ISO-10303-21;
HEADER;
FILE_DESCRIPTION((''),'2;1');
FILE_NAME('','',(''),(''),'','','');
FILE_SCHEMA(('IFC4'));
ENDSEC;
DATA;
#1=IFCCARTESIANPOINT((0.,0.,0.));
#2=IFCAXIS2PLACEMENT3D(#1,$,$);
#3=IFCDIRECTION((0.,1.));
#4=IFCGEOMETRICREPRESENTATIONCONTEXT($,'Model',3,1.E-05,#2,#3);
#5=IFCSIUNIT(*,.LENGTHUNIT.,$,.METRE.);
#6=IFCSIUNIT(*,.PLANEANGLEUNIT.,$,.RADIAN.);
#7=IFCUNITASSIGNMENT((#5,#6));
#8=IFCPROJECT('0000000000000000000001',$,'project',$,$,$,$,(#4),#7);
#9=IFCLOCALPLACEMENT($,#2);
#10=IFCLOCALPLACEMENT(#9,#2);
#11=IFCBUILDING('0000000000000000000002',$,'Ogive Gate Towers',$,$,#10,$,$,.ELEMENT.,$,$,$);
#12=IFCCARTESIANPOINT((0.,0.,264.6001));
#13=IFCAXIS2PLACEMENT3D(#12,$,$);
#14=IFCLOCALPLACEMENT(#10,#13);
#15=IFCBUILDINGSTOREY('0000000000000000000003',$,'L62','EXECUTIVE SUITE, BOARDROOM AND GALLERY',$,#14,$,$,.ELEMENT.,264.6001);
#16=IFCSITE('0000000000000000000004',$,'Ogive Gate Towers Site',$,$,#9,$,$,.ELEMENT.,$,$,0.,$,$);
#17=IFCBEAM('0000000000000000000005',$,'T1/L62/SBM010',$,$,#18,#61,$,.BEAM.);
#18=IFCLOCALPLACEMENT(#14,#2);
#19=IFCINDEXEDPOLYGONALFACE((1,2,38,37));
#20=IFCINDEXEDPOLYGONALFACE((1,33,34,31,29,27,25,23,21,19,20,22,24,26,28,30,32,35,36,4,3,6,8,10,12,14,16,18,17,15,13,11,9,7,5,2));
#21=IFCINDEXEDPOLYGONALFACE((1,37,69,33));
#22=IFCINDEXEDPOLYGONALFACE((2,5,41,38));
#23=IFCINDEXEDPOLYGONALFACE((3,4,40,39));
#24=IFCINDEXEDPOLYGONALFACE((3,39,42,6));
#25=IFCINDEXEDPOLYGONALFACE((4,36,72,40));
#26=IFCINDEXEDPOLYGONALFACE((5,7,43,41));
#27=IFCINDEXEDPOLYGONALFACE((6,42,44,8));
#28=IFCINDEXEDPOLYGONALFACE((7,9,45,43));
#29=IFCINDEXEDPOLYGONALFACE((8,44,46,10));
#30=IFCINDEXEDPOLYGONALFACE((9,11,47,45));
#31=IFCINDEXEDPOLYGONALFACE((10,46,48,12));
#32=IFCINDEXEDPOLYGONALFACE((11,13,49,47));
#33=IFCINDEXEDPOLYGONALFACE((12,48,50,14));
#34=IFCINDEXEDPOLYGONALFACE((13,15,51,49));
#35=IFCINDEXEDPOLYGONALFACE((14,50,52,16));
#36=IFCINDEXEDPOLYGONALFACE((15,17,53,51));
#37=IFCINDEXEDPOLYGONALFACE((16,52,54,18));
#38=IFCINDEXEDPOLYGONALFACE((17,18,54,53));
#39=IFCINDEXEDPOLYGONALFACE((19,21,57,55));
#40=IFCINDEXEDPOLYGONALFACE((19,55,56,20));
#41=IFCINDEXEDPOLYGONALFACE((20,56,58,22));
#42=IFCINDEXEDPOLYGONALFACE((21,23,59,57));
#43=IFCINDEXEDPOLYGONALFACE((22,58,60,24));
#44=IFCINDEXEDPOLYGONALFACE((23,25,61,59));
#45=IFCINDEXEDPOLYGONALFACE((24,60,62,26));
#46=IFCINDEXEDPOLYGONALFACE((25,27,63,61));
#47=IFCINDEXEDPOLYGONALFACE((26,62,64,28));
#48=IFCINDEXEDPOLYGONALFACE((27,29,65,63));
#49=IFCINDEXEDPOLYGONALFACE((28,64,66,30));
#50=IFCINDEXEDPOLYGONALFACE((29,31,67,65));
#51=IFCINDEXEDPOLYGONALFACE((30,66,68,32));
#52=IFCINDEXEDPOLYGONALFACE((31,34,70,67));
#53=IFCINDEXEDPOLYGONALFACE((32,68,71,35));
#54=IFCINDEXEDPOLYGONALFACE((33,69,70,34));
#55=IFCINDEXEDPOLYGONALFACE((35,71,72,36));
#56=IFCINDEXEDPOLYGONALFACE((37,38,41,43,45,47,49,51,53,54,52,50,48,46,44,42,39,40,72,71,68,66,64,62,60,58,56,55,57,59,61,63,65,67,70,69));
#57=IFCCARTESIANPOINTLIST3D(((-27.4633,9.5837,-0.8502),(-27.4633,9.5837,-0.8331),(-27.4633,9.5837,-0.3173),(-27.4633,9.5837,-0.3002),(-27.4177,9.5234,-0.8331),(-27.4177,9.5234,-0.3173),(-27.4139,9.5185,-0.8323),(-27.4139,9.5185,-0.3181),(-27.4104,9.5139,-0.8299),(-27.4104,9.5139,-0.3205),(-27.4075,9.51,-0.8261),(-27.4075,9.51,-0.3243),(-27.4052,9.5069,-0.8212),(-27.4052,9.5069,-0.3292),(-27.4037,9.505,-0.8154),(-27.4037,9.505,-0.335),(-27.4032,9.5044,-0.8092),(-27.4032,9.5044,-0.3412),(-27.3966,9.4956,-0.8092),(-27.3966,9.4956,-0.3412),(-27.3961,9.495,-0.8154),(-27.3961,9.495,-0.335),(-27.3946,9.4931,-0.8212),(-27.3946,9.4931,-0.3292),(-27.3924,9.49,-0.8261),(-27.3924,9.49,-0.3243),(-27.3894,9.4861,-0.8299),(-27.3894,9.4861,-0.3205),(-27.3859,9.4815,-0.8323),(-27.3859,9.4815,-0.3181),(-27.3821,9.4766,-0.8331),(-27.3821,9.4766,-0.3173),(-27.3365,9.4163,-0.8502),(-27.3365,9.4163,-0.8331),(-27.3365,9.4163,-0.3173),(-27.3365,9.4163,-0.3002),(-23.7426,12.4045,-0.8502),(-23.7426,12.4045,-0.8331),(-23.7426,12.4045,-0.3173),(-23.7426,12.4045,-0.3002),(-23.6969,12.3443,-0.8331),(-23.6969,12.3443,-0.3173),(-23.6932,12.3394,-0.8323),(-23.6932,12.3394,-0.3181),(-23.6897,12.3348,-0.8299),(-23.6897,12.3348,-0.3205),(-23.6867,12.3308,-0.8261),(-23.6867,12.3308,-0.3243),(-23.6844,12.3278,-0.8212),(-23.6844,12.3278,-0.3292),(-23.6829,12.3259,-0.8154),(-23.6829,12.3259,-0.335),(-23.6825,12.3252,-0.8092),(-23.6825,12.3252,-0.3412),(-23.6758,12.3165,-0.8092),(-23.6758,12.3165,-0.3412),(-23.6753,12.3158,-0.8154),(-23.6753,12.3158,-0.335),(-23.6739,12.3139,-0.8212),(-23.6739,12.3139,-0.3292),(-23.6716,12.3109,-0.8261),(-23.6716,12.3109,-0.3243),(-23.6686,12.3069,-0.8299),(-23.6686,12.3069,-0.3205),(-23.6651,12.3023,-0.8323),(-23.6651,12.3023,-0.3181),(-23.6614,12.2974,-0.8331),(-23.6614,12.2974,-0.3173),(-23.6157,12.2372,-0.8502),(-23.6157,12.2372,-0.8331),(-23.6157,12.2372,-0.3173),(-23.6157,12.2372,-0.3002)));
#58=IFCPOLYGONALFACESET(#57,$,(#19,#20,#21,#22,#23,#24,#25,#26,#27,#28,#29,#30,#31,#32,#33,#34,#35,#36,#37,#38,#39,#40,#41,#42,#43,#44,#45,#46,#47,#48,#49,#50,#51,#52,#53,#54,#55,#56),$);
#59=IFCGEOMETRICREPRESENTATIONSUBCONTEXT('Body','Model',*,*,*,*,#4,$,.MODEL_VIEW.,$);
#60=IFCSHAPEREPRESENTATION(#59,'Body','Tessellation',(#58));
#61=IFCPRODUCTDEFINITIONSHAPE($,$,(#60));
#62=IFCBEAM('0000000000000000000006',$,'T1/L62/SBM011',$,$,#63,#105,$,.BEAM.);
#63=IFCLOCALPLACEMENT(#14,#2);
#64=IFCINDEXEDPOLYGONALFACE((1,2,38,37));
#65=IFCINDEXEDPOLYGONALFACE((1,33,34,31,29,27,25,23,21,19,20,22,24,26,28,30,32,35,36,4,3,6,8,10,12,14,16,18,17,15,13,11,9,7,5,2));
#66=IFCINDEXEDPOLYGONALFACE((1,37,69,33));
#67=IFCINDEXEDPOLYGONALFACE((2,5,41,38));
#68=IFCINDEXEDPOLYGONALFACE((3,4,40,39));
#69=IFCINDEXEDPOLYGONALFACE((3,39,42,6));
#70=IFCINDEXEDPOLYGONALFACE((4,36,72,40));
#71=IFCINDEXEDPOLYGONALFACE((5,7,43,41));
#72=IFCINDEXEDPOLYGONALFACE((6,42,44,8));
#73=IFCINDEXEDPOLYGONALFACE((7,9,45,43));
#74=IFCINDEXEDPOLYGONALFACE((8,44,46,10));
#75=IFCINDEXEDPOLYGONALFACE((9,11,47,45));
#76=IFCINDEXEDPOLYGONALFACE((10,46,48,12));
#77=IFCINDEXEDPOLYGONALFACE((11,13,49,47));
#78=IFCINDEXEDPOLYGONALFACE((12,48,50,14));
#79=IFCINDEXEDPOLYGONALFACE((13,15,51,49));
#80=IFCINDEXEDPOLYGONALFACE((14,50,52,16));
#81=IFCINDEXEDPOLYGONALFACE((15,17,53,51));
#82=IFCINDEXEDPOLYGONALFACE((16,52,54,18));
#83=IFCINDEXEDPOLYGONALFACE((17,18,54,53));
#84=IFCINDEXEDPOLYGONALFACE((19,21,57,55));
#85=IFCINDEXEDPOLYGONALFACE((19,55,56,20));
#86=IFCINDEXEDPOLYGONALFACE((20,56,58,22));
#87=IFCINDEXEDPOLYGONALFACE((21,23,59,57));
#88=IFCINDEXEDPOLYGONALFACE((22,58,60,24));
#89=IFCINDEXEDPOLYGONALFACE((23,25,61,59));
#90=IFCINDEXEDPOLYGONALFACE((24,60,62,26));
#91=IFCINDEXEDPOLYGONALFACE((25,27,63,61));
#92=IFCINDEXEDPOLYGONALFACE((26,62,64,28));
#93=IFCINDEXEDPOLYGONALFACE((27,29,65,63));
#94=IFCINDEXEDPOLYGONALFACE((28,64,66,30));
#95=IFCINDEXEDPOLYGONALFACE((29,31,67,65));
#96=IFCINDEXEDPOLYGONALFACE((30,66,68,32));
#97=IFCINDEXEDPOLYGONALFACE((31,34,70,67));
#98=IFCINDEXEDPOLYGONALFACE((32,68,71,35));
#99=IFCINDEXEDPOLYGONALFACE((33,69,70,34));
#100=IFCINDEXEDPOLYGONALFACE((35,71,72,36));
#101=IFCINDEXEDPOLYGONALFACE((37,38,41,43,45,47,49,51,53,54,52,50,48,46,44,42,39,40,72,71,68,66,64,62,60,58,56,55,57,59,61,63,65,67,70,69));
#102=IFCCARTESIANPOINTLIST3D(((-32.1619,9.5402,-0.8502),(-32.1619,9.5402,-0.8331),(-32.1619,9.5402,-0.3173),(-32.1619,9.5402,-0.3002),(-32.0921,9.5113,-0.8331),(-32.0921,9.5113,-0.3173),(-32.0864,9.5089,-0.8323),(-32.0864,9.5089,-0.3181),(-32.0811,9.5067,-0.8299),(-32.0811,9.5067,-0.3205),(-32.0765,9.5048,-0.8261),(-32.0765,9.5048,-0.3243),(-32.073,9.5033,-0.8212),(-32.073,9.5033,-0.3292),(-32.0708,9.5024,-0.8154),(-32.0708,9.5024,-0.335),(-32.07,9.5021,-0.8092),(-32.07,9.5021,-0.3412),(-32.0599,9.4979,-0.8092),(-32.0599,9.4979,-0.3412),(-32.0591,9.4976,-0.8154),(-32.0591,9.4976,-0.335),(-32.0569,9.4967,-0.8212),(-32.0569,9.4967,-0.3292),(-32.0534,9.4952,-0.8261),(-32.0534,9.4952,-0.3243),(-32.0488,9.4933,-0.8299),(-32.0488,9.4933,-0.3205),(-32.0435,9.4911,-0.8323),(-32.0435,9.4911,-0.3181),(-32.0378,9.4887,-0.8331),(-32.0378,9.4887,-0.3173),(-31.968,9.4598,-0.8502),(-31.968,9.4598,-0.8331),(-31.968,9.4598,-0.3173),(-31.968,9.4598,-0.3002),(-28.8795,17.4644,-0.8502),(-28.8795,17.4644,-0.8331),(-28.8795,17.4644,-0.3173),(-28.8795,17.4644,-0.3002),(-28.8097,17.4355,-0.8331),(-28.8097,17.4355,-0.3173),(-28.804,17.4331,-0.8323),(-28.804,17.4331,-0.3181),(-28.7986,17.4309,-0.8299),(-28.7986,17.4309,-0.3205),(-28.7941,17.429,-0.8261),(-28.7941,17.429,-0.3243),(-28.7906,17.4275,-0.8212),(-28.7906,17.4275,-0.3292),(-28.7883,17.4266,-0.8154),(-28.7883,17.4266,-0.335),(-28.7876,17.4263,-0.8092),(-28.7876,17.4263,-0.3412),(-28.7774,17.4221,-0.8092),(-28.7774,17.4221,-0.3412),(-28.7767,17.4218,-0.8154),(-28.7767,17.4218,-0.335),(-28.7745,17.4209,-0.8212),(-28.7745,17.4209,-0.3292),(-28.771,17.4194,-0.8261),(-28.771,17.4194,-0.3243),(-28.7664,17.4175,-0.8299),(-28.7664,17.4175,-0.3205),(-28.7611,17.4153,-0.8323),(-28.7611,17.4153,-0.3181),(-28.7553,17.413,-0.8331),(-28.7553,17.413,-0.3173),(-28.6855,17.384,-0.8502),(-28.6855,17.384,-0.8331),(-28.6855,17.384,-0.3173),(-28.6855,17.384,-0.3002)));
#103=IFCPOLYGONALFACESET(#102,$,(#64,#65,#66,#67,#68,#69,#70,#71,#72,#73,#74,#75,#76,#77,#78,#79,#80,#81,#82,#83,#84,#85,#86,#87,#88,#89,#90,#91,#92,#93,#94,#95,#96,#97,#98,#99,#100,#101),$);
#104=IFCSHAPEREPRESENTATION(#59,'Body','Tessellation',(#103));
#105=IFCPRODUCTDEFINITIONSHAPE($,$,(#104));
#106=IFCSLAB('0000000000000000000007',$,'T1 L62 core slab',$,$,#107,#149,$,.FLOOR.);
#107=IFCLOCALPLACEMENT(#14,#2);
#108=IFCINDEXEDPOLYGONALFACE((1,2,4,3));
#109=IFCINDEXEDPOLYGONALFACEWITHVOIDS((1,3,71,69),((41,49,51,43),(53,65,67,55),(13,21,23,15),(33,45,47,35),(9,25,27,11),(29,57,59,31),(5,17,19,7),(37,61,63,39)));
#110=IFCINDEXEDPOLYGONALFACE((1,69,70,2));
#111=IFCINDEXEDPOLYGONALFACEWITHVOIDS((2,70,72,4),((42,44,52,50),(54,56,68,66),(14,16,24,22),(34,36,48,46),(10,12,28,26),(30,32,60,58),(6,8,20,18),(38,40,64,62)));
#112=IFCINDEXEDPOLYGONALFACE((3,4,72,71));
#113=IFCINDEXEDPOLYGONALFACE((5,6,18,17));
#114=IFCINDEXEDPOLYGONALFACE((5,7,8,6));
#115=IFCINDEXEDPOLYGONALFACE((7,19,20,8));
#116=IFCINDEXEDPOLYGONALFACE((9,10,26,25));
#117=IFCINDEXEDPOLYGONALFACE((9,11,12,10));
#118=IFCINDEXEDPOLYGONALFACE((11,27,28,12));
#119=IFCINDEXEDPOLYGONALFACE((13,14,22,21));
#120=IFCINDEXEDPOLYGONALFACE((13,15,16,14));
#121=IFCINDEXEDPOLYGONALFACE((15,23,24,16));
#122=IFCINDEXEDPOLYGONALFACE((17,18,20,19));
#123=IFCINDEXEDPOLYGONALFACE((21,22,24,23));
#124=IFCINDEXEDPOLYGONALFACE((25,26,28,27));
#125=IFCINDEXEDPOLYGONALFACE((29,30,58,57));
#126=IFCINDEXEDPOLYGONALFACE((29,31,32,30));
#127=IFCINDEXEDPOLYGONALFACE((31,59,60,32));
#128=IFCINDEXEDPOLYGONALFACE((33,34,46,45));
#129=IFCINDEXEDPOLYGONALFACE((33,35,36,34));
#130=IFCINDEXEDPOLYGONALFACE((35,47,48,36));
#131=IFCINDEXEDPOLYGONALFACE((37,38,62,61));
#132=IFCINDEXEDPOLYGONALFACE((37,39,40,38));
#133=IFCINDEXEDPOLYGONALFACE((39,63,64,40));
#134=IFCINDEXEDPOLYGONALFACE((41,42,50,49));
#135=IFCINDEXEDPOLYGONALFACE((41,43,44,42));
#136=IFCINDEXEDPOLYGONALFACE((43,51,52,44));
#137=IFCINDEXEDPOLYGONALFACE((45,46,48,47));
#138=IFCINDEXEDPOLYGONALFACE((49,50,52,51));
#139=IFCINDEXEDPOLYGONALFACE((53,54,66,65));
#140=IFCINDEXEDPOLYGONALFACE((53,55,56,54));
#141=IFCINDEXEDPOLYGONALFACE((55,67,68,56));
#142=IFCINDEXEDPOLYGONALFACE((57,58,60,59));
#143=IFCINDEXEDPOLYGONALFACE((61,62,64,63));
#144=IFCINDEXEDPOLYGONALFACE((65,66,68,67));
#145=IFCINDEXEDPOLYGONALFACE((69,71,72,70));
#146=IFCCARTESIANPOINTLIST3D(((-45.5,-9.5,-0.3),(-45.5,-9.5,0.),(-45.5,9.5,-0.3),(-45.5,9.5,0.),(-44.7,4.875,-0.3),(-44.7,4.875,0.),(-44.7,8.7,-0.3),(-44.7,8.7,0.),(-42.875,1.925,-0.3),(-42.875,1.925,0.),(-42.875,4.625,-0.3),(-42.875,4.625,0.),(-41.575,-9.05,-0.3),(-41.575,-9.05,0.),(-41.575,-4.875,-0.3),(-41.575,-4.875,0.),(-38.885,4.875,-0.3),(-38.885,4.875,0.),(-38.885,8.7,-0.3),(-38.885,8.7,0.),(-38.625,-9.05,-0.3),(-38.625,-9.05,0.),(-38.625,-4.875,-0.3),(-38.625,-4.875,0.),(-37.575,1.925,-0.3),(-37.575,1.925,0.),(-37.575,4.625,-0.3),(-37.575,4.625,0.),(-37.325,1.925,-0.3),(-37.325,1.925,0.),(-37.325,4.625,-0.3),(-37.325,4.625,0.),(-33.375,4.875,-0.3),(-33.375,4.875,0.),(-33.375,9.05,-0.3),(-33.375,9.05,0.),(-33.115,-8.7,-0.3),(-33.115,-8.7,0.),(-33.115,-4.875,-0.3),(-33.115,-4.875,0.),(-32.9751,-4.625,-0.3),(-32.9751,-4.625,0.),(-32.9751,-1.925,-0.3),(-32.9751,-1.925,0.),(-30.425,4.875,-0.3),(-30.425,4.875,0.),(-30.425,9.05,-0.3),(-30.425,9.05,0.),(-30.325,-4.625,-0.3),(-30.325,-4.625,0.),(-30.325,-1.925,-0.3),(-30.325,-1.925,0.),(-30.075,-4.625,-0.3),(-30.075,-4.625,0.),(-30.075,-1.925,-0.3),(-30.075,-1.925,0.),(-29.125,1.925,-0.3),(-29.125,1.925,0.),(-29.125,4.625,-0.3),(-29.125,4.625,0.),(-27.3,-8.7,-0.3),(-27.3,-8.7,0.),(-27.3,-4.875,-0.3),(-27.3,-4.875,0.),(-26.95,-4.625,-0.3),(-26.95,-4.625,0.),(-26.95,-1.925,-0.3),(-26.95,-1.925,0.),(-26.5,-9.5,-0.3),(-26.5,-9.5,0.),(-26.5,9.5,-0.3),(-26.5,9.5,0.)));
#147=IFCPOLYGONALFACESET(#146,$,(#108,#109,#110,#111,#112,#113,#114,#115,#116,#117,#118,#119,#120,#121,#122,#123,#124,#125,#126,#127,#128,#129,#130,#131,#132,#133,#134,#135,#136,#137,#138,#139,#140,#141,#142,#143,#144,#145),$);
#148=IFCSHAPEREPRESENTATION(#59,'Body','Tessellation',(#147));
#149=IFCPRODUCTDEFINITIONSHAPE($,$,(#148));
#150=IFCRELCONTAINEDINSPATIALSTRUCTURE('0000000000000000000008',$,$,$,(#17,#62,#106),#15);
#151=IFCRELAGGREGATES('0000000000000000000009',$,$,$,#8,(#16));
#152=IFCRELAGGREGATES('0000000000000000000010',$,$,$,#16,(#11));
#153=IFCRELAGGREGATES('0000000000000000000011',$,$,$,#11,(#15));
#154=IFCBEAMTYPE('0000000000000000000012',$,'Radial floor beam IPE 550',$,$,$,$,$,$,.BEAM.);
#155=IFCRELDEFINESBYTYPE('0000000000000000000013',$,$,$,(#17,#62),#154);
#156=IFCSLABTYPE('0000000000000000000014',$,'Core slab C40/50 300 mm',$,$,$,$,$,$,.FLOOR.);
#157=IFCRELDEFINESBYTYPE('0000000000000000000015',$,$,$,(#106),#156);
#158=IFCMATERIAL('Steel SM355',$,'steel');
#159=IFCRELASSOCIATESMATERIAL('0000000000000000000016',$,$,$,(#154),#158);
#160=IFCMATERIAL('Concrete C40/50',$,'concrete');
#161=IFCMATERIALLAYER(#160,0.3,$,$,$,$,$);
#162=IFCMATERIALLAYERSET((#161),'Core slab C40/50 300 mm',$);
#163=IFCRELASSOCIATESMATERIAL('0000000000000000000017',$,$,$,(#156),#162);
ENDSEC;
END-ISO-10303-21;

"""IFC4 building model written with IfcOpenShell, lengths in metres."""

from ifc_helpers import new_model, si_unit, direction, frame, origin, origin_2d, place, context, subcontext, project, spatial, polyline, i_section, outline, extrude, material, layer, layer_set, material_profile, profile_set, type_object, element, save


model = new_model("IFC4")

# Units and contexts
model_context = context("Model", 3, precision=1e-05, world=origin(), true_north=direction((0.0, 1.0)))
body_context = subcontext(model_context, "Body", "Model", "MODEL_VIEW")
ifc_project = project(units=[si_unit("LENGTHUNIT", "METRE"), si_unit("PLANEANGLEUNIT", "RADIAN")], contexts=[model_context])

# Site, building, storey
site_placement = place(None, origin())
site = spatial("IfcSite", under=ifc_project, at=site_placement, Name="Ogive Gate Towers Site", CompositionType="ELEMENT", RefElevation=0.0)
building_placement = place(site_placement, origin())
building = spatial("IfcBuilding", under=site, at=building_placement, Name="Ogive Gate Towers", CompositionType="ELEMENT")
storey_placement = place(building_placement, frame((0.0, 0.0, 264.6001)))
storey = spatial("IfcBuildingStorey", under=building, at=storey_placement, Name="L62", Description="EXECUTIVE SUITE, BOARDROOM AND GALLERY", CompositionType="ELEMENT", Elevation=264.6001)

# Beams
ifc_material_1 = material(Name="Steel SM355", Category="steel")
ifc_material_profile_1 = material_profile(ifc_material_1, i_section(OverallWidth=0.21, OverallDepth=0.55, WebThickness=0.011, FlangeThickness=0.0171, FilletRadius=0.0239, at=origin_2d()), Name="IPE 550")
ifc_profile_set_1 = profile_set([ifc_material_profile_1], Name="Steel SM355")
beam_type_1 = type_object("IfcBeamType", Name="Radial floor beam IPE 550", PredefinedType="BEAM", material=ifc_profile_set_1)
beam_1_placement = place(storey_placement, frame((-27.3999, 9.5, -0.5752), z_axis=(0.796877, 0.604142, 0.0), x_axis=(-0.604142, 0.796877, 0.0)))
element("IfcBeam", 1, at=beam_1_placement, inside=storey, type_object=beam_type_1, Name="T1/L62/SBM010", PredefinedType="BEAM", context=body_context, shape_type="SweptSolid", body=[
    extrude(i_section(OverallWidth=0.21, OverallDepth=0.55, WebThickness=0.011, FlangeThickness=0.0171, FilletRadius=0.0239, at=origin_2d()), origin(), (0.0, 0.0, 1.0), 4.6692),
])
beam_2_placement = place(storey_placement, frame((-32.0649, 9.5, -0.5752), z_axis=(0.382695, 0.923875, 0.0), x_axis=(-0.923875, 0.382695, 0.0)))
element("IfcBeam", 2, at=beam_2_placement, inside=storey, type_object=beam_type_1, Name="T1/L62/SBM011", PredefinedType="BEAM", context=body_context, shape_type="SweptSolid", body=[
    extrude(i_section(OverallWidth=0.21, OverallDepth=0.55, WebThickness=0.011, FlangeThickness=0.0171, FilletRadius=0.0239, at=origin_2d()), origin(), (0.0, 0.0, 1.0), 8.5771),
])

# Slab
ifc_material_2 = material(Name="Concrete C40/50", Category="concrete")
ifc_layer_1 = layer(ifc_material_2, 0.3)
ifc_layer_set_1 = layer_set([ifc_layer_1], Name="Core slab C40/50 300 mm")
slab_type_1 = type_object("IfcSlabType", Name="Core slab C40/50 300 mm", PredefinedType="FLOOR", material=ifc_layer_set_1)
slab_1_placement = place(storey_placement, frame((0.0, 0.0, -0.3)))
element("IfcSlab", 3, at=slab_1_placement, inside=storey, type_object=slab_type_1, Name="T1 L62 core slab", PredefinedType="FLOOR", context=body_context, shape_type="SweptSolid", body=[
    extrude(outline(polyline([(-45.5, -9.5), (-45.5, 9.5), (-26.5, 9.5), (-26.5, -9.5), (-45.5, -9.5)]), holes=[polyline([(-42.875, 1.925), (-37.575, 1.925), (-37.575, 4.625), (-42.875, 4.625), (-42.875, 1.925)]), polyline([(-37.325, 4.625), (-37.325, 1.925), (-29.125, 1.925), (-29.125, 4.625), (-37.325, 4.625)]), polyline([(-30.325, -1.925), (-32.9751, -1.925), (-32.9751, -4.625), (-30.325, -4.625), (-30.325, -1.925)]), polyline([(-26.95, -4.625), (-26.95, -1.925), (-30.075, -1.925), (-30.075, -4.625), (-26.95, -4.625)]), polyline([(-33.375, 4.875), (-30.425, 4.875), (-30.425, 9.05), (-33.375, 9.05), (-33.375, 4.875)]), polyline([(-41.575, -4.875), (-41.575, -9.05), (-38.625, -9.05), (-38.625, -4.875), (-41.575, -4.875)]), polyline([(-44.7, 4.875), (-38.885, 4.875), (-38.885, 8.7), (-44.7, 8.7), (-44.7, 4.875)]), polyline([(-27.3, -8.7), (-27.3, -4.875), (-33.115, -4.875), (-33.115, -8.7), (-27.3, -8.7)])]), origin(), (0.0, 0.0, 1.0), 0.3),
])

save(model, "model.ifc")
